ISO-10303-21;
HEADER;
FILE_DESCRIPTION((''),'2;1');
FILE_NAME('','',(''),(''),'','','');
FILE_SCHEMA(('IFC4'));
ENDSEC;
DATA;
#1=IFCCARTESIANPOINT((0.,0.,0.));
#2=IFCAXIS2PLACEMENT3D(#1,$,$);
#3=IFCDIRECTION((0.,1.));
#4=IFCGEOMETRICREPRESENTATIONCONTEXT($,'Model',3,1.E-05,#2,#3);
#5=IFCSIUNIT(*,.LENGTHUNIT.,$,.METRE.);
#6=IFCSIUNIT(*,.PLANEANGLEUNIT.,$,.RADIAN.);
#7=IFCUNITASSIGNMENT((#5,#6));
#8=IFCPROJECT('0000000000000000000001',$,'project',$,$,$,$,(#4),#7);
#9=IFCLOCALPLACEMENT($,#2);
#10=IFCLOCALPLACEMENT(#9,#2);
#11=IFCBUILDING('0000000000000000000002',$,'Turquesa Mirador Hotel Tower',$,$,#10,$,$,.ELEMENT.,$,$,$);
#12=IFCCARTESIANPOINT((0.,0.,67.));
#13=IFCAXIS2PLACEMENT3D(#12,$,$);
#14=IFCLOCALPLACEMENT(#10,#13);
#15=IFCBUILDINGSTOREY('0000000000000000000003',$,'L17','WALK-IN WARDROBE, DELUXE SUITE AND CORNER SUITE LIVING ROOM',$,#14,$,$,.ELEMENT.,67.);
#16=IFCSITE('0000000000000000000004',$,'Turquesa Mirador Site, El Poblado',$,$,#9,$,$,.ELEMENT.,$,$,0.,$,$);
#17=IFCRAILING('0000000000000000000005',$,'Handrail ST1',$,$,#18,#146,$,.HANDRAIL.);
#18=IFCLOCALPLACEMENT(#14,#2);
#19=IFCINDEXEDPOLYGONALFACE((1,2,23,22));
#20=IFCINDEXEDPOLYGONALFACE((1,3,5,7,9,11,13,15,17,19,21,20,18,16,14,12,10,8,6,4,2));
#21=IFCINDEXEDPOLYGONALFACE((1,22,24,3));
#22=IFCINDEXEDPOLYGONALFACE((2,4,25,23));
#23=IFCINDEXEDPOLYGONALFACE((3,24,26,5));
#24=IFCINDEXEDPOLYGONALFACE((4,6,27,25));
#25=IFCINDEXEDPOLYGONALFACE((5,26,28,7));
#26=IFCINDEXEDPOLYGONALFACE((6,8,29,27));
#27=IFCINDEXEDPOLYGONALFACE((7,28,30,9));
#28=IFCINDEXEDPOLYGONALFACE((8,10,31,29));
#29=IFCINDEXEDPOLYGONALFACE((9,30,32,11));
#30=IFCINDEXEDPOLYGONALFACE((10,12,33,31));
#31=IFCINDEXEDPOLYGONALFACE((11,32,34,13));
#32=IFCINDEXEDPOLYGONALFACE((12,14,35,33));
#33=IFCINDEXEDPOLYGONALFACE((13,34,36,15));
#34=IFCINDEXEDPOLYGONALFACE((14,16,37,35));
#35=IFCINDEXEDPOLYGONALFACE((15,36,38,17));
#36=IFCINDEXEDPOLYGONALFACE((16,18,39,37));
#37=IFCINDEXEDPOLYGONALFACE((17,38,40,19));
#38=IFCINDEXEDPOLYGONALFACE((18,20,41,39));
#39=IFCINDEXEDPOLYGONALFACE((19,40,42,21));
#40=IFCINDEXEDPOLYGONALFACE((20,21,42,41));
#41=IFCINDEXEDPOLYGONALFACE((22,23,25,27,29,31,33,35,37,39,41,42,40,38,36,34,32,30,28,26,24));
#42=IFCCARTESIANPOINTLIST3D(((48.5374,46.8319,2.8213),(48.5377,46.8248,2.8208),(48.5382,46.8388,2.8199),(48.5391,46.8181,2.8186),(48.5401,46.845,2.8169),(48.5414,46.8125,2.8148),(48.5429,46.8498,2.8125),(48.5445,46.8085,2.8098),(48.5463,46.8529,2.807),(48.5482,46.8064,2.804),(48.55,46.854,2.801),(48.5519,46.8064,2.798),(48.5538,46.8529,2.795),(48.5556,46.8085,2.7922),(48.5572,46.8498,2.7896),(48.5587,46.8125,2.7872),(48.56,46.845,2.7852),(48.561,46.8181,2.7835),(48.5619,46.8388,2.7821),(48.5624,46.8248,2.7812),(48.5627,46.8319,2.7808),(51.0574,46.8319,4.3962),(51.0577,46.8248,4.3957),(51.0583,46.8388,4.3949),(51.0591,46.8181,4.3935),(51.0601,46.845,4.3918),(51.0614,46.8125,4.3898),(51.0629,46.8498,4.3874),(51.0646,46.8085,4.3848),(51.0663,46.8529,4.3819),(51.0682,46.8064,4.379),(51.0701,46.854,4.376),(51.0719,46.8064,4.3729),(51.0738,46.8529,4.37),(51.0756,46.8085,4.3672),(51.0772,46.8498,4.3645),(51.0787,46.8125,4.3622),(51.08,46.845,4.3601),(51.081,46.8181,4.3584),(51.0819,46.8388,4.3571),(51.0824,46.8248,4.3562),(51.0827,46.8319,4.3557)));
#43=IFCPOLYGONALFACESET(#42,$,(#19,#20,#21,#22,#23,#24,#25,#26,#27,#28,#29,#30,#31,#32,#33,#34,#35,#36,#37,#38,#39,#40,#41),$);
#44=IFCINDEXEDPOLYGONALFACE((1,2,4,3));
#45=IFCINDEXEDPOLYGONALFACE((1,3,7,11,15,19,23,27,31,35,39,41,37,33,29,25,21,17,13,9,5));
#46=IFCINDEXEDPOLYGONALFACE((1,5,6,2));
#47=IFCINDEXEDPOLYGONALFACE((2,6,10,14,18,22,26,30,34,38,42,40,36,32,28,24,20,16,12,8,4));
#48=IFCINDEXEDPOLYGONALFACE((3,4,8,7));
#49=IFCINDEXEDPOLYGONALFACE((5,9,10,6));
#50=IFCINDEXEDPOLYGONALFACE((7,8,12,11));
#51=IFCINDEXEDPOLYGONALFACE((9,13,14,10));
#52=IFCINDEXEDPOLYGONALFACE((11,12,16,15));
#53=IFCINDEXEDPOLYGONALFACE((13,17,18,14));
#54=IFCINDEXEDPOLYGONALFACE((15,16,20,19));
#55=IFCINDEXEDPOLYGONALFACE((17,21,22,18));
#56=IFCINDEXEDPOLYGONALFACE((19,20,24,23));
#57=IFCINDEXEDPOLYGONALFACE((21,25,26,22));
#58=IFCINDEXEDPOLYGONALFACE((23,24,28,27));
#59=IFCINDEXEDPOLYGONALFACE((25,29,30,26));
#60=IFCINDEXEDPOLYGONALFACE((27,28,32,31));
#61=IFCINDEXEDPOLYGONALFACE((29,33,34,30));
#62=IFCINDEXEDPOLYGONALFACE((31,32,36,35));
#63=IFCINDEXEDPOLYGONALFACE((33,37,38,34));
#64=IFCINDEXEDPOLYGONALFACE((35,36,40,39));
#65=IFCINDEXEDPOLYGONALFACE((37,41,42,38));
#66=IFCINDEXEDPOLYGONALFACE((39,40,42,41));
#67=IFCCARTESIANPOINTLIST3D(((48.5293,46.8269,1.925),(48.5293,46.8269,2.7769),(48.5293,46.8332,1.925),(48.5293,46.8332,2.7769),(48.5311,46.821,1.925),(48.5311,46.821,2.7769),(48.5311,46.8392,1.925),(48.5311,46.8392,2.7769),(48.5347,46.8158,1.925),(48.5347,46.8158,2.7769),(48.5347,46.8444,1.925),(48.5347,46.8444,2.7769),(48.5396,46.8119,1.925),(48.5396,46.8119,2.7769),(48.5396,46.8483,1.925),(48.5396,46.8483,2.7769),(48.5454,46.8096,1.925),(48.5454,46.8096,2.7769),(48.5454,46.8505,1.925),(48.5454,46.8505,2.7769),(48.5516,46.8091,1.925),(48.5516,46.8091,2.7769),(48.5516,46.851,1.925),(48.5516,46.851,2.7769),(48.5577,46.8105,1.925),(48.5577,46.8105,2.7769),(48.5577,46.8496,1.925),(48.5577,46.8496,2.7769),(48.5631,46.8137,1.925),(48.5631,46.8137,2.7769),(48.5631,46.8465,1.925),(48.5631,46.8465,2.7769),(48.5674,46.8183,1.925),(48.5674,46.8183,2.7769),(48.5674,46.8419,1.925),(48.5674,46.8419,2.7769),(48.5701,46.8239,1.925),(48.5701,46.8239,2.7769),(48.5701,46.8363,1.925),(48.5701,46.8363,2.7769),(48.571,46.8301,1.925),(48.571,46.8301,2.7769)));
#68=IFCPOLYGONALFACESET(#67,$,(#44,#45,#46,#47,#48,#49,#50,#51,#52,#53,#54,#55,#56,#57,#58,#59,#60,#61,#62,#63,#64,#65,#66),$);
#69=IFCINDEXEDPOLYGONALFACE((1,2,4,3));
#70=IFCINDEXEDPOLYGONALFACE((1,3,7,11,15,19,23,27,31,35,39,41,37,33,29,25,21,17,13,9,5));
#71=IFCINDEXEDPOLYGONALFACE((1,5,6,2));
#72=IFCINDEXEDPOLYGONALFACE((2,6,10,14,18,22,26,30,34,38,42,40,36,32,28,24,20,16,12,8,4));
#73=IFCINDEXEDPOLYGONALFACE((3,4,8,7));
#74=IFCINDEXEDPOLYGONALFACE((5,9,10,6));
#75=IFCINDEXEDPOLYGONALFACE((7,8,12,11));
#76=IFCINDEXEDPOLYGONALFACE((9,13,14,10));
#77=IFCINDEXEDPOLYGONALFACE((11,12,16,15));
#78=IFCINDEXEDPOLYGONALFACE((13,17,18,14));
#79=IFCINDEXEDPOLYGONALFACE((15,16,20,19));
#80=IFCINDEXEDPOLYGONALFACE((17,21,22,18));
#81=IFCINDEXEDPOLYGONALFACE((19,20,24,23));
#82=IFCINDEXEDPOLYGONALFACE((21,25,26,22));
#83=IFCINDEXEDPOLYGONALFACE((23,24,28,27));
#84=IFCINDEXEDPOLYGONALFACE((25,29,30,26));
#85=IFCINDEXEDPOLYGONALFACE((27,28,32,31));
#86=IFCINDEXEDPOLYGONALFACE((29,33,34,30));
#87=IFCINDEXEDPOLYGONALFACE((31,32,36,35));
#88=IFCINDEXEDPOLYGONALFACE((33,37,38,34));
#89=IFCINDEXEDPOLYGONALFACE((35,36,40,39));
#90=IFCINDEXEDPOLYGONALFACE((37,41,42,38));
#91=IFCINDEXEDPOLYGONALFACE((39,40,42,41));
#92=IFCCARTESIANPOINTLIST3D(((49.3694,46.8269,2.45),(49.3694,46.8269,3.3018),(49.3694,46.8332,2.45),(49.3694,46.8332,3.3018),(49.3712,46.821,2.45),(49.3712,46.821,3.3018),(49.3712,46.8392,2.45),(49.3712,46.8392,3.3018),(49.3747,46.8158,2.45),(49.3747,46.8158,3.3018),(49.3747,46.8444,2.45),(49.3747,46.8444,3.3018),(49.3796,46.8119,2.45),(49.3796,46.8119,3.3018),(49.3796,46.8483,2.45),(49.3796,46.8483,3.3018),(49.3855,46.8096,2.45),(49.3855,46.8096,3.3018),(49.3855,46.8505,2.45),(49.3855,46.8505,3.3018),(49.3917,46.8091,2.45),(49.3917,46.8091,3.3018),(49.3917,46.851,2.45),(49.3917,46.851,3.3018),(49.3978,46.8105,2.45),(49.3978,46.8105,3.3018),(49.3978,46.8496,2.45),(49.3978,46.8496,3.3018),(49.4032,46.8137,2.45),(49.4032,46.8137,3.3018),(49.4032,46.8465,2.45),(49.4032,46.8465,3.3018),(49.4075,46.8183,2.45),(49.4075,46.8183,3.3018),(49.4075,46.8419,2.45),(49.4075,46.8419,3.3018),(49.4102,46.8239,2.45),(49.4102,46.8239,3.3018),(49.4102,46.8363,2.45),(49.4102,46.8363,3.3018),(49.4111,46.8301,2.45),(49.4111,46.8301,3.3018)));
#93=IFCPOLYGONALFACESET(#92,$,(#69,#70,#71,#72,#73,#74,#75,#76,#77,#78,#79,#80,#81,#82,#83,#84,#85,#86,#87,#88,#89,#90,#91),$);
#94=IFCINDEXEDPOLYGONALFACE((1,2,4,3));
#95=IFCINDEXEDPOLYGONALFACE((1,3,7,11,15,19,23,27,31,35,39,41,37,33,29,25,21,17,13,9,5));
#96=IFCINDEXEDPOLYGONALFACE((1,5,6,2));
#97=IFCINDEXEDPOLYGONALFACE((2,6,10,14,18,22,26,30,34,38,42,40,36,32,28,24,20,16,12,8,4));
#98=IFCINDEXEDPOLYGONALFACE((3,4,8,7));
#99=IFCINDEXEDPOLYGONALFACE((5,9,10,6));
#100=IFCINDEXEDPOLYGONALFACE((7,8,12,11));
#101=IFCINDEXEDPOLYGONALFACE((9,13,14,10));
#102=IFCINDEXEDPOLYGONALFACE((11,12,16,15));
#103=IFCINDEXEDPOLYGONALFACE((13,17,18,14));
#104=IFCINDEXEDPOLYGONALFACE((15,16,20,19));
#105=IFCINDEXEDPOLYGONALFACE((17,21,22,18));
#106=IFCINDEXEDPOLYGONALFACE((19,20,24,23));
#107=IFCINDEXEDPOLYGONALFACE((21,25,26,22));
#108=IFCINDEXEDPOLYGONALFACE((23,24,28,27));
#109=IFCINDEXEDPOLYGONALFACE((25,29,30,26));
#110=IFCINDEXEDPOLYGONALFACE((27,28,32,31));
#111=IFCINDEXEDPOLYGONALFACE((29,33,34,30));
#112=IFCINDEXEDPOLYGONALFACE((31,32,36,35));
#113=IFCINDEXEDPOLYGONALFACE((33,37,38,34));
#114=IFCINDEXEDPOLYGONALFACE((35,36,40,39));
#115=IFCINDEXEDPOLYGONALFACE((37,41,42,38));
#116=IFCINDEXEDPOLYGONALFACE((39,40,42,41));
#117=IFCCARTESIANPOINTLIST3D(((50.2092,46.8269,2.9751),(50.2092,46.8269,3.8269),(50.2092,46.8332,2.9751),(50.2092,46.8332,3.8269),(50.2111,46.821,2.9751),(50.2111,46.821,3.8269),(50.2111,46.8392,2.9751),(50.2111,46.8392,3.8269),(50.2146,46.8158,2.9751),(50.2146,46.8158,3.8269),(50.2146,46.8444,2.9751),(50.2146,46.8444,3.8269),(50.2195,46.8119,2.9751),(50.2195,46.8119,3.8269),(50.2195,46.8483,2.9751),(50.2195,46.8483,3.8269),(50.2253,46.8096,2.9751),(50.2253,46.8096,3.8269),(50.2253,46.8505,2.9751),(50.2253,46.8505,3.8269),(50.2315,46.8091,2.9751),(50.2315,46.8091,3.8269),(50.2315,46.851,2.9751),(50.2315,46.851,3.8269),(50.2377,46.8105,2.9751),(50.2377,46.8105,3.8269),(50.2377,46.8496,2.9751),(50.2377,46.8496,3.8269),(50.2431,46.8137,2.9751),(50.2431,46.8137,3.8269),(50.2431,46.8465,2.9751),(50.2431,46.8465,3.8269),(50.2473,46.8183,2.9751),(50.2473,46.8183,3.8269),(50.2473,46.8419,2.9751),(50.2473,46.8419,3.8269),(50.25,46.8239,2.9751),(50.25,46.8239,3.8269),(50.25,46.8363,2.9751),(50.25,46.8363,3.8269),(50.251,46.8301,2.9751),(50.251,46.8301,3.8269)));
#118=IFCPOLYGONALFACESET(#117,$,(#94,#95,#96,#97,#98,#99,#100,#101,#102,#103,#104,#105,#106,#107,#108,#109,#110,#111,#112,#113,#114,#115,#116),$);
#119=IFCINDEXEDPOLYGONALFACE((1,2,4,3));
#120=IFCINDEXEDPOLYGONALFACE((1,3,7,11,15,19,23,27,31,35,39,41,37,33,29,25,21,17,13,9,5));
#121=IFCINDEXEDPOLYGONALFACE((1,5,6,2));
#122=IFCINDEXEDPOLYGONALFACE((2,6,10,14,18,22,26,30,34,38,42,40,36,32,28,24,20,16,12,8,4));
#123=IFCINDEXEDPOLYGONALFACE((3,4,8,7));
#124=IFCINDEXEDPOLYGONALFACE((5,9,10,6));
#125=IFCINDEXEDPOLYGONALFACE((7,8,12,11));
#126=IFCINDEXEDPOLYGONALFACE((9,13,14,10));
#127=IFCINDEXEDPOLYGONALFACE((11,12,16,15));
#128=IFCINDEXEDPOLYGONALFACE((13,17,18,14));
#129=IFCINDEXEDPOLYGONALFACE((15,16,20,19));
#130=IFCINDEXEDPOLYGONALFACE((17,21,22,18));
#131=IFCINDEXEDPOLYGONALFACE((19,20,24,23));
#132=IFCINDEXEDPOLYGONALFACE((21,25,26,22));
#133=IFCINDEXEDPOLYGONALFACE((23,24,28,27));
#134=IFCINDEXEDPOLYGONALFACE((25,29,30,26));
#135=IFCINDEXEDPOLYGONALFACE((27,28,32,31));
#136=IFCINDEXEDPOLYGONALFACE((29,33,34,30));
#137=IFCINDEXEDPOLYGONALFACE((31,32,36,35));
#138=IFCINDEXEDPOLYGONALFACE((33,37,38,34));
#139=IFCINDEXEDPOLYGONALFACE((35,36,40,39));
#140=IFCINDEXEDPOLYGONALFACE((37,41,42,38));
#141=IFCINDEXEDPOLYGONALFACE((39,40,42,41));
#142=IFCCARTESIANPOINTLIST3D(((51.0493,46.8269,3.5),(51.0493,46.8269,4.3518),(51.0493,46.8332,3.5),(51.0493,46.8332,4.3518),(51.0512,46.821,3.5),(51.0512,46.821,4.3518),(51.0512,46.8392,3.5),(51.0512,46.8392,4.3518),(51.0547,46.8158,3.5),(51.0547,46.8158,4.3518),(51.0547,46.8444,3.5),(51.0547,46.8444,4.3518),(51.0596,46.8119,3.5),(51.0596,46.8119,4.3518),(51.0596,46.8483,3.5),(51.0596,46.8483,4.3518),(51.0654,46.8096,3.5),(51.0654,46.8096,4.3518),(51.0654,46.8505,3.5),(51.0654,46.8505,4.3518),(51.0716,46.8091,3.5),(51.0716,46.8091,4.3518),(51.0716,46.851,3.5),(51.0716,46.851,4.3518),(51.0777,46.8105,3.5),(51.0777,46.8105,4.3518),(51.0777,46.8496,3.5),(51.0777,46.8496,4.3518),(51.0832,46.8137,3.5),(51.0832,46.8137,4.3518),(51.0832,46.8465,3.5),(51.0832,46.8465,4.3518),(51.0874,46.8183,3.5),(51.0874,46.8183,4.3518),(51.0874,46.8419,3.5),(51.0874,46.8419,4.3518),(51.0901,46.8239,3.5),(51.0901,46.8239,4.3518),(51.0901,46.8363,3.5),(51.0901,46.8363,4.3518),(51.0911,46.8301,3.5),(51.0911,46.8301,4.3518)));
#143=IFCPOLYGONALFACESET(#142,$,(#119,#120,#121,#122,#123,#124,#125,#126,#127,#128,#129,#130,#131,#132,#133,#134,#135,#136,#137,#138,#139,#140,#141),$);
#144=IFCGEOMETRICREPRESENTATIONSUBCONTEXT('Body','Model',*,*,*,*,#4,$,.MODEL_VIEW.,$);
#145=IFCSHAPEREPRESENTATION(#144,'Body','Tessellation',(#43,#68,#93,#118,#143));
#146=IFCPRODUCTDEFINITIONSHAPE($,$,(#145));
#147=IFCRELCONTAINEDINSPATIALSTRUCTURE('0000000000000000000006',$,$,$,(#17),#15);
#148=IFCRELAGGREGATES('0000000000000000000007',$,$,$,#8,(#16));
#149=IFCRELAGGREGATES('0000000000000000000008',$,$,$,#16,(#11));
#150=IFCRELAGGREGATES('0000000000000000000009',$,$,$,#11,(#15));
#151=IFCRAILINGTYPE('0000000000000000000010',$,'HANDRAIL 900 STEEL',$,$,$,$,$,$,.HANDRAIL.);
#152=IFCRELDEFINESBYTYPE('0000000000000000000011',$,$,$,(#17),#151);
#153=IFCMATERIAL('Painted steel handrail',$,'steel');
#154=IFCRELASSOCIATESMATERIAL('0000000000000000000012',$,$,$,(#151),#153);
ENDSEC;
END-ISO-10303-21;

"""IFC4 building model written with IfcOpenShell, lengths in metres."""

from ifc_helpers import new_model, si_unit, direction, frame, origin, origin_2d, place, context, subcontext, project, spatial, circle, extrude, material, type_object, element, save


model = new_model("IFC4")

# Units and contexts
model_context = context("Model", 3, precision=1e-05, world=origin(), true_north=direction((0.0, 1.0)))
body_context = subcontext(model_context, "Body", "Model", "MODEL_VIEW")
ifc_project = project(units=[si_unit("LENGTHUNIT", "METRE"), si_unit("PLANEANGLEUNIT", "RADIAN")], contexts=[model_context])

# Site, building, storey
site_placement = place(None, origin())
site = spatial("IfcSite", under=ifc_project, at=site_placement, Name="Turquesa Mirador Site, El Poblado", CompositionType="ELEMENT", RefElevation=0.0)
building_placement = place(site_placement, origin())
building = spatial("IfcBuilding", under=site, at=building_placement, Name="Turquesa Mirador Hotel Tower", CompositionType="ELEMENT")
storey_placement = place(building_placement, frame((0.0, 0.0, 67.0)))
storey = spatial("IfcBuildingStorey", under=building, at=storey_placement, Name="L17", Description="WALK-IN WARDROBE, DELUXE SUITE AND CORNER SUITE LIVING ROOM", CompositionType="ELEMENT", Elevation=67.0)

# Railing
ifc_material_1 = material(Name="Painted steel handrail", Category="steel")
railing_type = type_object("IfcRailingType", Name="HANDRAIL 900 STEEL", PredefinedType="HANDRAIL", material=ifc_material_1)
for number, where, name in (
    (1, (48.55, 46.8301, 1.925), "Handrail ST1"),
):
    element("IfcRailing", number, at=place(storey_placement, frame(where)), inside=storey, type_object=railing_type, Name=name, PredefinedType="HANDRAIL", context=body_context, shape_type="SweptSolid", body=[
        extrude(circle(Radius=0.0239, at=origin_2d()), frame((0.0, 0.0, 0.876), z_axis=(0.848008, 0.0, 0.529984), x_axis=(0.0, 1.0, 0.0)), (0.0, 0.0, 1.0), 2.9717),
        extrude(circle(Radius=0.021, at=origin_2d()), origin(), (0.0, 0.0, 1.0), 0.8518),
        extrude(circle(Radius=0.021, at=origin_2d()), frame((0.8401, 0.0, 0.5249)), (0.0, 0.0, 1.0), 0.8518),
        extrude(circle(Radius=0.021, at=origin_2d()), frame((1.6799, 0.0, 1.05)), (0.0, 0.0, 1.0), 0.8518),
        extrude(circle(Radius=0.021, at=origin_2d()), frame((2.52, 0.0, 1.575)), (0.0, 0.0, 1.0), 0.8518),
    ])

save(model, "model.ifc")
